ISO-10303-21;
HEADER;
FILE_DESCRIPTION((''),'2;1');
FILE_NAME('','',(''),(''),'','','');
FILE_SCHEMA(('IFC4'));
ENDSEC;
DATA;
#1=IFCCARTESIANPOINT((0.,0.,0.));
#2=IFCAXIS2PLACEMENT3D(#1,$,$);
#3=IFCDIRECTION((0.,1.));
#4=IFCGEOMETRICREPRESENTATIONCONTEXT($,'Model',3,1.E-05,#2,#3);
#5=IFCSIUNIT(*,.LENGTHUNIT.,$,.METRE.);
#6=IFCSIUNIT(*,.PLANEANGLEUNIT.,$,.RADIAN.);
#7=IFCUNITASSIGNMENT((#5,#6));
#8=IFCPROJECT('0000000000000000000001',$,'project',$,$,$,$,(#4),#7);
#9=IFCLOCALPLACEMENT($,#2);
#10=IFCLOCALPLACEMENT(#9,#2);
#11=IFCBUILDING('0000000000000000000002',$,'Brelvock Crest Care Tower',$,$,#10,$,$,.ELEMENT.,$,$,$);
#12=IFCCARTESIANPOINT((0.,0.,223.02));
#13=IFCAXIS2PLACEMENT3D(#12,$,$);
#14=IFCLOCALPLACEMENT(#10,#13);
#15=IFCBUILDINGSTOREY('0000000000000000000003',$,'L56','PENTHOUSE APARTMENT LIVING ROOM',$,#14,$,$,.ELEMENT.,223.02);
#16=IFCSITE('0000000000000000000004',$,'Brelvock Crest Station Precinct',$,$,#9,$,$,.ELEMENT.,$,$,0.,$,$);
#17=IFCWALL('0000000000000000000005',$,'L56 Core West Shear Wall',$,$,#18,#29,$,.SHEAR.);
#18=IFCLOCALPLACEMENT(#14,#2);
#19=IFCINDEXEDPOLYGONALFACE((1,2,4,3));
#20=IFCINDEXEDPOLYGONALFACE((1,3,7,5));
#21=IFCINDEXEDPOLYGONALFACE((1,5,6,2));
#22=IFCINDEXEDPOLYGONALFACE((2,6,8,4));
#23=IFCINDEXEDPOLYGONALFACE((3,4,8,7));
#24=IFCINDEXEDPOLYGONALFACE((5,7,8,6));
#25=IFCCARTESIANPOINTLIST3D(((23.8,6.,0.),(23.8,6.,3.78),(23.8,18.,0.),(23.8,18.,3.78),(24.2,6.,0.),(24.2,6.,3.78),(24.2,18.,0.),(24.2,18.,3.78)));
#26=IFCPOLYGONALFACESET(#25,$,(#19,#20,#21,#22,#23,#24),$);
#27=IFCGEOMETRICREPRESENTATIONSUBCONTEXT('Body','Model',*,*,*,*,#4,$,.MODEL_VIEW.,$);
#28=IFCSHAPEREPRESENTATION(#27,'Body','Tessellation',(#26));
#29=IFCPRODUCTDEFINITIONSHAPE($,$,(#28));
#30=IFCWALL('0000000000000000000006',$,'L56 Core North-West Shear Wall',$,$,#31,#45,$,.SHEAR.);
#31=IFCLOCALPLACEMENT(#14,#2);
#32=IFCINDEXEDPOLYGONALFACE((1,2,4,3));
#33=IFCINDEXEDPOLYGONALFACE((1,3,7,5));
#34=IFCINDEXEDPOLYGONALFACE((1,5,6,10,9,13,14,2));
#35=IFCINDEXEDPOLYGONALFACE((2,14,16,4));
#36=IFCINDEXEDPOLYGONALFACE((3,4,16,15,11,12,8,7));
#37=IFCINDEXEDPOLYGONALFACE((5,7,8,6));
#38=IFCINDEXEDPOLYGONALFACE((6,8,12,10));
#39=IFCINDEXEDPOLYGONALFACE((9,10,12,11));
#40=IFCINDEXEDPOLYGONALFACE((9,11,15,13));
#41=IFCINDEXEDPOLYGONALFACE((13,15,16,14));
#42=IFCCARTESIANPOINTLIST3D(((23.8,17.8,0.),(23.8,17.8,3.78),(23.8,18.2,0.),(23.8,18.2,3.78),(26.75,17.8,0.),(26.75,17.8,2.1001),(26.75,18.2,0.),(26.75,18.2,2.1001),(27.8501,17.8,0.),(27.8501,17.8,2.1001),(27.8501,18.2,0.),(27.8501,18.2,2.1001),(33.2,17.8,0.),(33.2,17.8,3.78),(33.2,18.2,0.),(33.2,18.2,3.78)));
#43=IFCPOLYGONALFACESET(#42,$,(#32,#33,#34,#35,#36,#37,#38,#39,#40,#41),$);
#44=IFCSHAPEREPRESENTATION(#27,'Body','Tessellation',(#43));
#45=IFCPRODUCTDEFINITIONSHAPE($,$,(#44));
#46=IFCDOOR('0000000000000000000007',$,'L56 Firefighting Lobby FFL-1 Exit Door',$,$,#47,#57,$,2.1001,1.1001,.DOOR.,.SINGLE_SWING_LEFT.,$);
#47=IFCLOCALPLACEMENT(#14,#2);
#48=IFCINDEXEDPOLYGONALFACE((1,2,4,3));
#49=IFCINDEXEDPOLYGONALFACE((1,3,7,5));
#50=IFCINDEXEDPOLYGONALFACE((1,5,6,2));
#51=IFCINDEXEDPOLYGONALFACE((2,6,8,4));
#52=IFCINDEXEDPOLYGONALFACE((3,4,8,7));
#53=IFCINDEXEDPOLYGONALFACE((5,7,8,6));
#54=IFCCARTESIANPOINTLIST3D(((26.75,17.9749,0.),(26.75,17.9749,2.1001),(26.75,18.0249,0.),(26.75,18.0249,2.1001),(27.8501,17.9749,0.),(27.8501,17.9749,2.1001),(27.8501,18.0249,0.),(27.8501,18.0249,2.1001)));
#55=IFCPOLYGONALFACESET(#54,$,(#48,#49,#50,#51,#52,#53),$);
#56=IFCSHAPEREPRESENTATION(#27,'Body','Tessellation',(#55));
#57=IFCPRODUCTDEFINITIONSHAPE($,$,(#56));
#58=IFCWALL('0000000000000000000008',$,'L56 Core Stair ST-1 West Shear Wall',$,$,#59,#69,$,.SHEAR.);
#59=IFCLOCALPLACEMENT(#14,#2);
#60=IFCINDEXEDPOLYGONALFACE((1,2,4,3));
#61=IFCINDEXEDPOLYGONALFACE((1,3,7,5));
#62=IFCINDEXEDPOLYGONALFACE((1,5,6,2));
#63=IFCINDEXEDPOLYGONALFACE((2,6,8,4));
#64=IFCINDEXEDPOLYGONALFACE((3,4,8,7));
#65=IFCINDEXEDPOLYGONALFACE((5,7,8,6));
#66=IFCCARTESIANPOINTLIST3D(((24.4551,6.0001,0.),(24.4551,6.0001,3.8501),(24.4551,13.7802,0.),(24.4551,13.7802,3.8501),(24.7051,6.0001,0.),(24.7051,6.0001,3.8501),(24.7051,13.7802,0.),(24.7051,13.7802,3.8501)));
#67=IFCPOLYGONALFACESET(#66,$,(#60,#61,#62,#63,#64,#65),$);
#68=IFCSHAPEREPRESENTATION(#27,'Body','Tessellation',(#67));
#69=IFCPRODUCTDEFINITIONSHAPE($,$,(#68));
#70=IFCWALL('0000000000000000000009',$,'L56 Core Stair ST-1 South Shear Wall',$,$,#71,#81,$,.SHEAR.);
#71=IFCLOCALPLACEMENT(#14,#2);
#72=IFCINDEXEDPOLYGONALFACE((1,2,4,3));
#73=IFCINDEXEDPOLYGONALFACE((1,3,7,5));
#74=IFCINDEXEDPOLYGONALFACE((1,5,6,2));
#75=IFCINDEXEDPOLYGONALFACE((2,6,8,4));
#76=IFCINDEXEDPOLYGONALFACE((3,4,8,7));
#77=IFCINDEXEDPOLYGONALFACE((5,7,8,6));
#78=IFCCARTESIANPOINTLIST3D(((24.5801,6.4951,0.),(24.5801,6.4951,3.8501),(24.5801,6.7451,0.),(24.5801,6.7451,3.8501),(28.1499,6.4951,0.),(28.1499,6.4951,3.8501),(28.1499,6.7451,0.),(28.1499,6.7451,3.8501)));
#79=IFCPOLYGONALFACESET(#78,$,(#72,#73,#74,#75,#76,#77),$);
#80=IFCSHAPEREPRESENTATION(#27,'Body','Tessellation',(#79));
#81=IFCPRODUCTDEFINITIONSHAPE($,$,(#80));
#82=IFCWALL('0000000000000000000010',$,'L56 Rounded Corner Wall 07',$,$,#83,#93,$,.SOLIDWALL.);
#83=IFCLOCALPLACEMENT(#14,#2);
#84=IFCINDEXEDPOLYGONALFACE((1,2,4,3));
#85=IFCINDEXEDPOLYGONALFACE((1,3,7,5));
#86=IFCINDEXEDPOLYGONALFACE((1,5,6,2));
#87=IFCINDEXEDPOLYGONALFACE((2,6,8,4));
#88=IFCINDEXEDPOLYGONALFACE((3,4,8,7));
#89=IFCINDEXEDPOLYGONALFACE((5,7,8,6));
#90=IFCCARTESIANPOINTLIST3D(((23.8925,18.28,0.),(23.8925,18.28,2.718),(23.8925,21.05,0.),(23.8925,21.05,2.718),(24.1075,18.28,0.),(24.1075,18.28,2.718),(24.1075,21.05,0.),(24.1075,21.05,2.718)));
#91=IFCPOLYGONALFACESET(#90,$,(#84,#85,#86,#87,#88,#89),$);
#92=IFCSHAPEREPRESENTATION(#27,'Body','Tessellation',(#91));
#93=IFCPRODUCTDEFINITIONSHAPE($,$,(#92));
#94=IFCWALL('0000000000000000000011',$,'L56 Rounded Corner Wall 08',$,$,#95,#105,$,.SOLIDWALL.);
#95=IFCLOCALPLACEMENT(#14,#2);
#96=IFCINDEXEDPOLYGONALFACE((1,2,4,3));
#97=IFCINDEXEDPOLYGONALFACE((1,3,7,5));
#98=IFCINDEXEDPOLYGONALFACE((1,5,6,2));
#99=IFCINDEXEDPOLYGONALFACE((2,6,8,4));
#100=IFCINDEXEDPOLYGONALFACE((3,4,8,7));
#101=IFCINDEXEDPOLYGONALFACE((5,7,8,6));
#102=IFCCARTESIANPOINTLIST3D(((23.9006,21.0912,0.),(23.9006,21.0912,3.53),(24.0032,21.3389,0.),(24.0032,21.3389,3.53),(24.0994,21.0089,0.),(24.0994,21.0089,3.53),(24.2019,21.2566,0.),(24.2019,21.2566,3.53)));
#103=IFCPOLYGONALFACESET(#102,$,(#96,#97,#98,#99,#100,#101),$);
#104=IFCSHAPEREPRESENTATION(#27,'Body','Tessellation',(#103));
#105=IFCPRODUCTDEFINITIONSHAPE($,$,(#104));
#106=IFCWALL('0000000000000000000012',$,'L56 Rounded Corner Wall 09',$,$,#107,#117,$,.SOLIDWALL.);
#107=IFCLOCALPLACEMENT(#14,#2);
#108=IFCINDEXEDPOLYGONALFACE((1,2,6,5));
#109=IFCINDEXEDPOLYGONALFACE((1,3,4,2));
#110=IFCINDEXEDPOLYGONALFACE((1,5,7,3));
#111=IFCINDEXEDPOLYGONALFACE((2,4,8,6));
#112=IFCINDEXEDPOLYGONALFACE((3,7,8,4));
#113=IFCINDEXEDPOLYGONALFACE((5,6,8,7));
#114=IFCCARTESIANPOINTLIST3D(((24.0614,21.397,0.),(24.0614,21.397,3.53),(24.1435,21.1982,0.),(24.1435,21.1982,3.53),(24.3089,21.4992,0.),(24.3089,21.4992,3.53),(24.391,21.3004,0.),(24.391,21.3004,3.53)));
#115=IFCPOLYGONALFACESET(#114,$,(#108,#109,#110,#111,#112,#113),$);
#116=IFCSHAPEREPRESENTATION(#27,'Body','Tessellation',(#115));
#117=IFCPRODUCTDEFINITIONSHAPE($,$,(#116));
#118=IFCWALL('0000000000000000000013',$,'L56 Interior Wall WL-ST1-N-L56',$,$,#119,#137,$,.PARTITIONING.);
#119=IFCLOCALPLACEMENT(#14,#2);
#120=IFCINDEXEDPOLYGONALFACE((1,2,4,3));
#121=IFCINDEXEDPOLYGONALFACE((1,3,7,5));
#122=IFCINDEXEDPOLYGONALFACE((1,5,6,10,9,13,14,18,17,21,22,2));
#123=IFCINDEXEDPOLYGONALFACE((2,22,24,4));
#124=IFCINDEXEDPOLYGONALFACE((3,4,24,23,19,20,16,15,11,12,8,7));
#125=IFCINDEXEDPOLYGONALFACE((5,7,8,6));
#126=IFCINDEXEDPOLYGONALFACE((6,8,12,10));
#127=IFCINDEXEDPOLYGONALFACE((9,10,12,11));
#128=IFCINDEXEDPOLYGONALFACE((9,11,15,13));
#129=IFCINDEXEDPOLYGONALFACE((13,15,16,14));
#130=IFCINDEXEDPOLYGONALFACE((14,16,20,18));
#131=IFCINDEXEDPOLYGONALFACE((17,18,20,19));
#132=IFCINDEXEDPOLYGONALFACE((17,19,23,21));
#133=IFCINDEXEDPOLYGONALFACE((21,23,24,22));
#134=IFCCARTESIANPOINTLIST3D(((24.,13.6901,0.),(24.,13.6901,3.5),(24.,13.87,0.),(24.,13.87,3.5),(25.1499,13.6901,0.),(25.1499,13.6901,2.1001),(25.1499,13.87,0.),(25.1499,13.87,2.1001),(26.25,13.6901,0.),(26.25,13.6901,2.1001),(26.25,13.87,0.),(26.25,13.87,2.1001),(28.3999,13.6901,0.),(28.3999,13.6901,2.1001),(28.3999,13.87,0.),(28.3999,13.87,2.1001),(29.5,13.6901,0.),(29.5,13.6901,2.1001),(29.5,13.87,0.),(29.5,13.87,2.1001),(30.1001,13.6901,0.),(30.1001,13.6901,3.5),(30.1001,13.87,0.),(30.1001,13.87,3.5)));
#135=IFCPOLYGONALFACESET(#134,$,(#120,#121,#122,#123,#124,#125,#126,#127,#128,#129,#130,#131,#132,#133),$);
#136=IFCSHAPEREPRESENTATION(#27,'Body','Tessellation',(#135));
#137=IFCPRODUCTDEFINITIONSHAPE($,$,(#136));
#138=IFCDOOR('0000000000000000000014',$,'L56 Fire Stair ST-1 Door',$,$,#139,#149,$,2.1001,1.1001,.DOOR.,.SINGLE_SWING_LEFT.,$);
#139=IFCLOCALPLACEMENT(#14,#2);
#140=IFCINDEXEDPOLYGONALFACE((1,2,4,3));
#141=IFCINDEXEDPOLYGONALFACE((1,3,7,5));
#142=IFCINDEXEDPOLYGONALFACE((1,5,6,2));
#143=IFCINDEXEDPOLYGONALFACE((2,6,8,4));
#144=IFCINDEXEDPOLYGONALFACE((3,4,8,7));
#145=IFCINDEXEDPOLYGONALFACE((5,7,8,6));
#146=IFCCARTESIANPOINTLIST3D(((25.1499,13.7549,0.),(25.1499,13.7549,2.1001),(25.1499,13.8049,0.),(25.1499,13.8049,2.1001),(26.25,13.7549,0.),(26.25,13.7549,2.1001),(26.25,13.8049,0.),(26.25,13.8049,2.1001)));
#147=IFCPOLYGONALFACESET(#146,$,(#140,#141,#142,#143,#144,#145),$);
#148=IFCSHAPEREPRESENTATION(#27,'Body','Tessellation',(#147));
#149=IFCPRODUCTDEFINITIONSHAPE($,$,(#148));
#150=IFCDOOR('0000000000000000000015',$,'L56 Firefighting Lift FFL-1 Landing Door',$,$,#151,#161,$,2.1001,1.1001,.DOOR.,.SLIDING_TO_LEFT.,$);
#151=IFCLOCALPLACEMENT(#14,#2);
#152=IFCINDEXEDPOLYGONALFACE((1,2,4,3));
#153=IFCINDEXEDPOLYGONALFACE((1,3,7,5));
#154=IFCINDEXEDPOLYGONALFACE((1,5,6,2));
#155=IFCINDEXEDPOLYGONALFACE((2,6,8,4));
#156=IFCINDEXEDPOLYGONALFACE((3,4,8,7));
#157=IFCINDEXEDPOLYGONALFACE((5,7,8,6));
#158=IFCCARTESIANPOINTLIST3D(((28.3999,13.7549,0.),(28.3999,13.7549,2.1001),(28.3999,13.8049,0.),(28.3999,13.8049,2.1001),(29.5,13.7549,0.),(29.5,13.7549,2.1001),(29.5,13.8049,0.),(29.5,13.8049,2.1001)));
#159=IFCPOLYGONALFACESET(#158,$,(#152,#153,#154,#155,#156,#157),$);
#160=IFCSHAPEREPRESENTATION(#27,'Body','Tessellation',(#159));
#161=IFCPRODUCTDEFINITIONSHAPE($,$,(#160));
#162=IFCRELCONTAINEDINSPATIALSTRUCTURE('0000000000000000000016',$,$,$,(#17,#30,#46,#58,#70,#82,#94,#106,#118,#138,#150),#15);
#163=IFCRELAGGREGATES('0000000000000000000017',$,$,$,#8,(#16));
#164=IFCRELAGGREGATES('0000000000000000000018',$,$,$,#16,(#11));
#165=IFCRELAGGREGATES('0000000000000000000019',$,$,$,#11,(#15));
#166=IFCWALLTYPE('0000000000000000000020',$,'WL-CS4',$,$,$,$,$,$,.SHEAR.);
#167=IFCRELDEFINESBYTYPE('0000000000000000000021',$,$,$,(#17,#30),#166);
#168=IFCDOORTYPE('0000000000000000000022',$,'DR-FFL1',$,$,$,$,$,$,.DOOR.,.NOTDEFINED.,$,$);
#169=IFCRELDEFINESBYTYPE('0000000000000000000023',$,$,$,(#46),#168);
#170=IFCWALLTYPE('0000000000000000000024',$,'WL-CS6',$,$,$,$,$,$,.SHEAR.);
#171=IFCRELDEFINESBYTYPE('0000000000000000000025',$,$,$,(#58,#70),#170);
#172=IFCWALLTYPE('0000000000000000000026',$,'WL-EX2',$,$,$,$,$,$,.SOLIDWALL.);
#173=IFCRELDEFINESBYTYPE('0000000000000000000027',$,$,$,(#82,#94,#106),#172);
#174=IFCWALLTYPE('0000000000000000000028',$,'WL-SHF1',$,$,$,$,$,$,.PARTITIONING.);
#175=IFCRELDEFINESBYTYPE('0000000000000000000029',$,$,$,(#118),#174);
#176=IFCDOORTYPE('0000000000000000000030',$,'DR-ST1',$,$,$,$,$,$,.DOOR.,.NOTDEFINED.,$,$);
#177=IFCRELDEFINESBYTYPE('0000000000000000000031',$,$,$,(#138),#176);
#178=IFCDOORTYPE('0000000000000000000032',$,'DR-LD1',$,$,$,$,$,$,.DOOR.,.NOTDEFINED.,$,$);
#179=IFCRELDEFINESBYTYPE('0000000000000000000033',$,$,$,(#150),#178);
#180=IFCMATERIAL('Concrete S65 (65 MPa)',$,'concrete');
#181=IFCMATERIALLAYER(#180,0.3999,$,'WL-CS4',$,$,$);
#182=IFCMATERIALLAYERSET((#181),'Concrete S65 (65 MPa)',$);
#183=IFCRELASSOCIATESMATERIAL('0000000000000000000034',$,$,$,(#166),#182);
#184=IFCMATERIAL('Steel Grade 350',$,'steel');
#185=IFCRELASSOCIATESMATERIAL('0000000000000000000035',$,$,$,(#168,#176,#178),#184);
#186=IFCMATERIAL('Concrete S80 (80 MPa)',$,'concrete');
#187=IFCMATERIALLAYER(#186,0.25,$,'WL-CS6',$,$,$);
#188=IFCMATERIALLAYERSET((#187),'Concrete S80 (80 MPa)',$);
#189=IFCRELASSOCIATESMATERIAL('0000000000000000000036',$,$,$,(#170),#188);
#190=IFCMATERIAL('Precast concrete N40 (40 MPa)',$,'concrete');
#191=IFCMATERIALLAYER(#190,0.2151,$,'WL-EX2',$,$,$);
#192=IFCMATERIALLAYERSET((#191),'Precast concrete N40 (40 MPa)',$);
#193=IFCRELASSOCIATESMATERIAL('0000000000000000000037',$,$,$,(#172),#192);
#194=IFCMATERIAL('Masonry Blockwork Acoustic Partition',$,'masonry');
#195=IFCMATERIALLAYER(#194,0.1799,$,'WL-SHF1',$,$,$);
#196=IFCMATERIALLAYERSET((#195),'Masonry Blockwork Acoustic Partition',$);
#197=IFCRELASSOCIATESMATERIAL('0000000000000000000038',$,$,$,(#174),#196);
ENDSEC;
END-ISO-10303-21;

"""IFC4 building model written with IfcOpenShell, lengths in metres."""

from ifc_helpers import new_model, si_unit, direction, frame, frame_2d, origin, origin_2d, place, context, subcontext, project, spatial, rectangle, extrude, source, transform, mapped, material, layer, layer_set, type_object, element, fill, save


model = new_model("IFC4")

# Units and contexts
model_context = context("Model", 3, precision=1e-05, world=origin(), true_north=direction((0.0, 1.0)))
body_context = subcontext(model_context, "Body", "Model", "MODEL_VIEW")
ifc_project = project(units=[si_unit("LENGTHUNIT", "METRE"), si_unit("PLANEANGLEUNIT", "RADIAN")], contexts=[model_context])

# Site, building, storey
site_placement = place(None, origin())
site = spatial("IfcSite", under=ifc_project, at=site_placement, Name="Brelvock Crest Station Precinct", CompositionType="ELEMENT", RefElevation=0.0)
building_placement = place(site_placement, origin())
building = spatial("IfcBuilding", under=site, at=building_placement, Name="Brelvock Crest Care Tower", CompositionType="ELEMENT")
storey_placement = place(building_placement, frame((0.0, 0.0, 223.02)))
storey = spatial("IfcBuildingStorey", under=building, at=storey_placement, Name="L56", Description="PENTHOUSE APARTMENT LIVING ROOM", CompositionType="ELEMENT", Elevation=223.02)

# Shared definitions
ifc_material_1 = material(Name="Concrete S65 (65 MPa)", Category="concrete")

# Shared definitions
ifc_material_2 = material(Name="Steel Grade 350", Category="steel")

# Wall
ifc_layer_1 = layer(ifc_material_1, 0.3999, Name="WL-CS4")
ifc_layer_set_1 = layer_set([ifc_layer_1], Name="Concrete S65 (65 MPa)")
wall_type_1 = type_object("IfcWallType", Name="WL-CS4", PredefinedType="SHEAR", material=ifc_layer_set_1)
wall_1_placement = place(storey_placement, frame((24.0, 6.0, 0.0), z_axis=(0.0, 0.0, 1.0), x_axis=(0.0, 1.0, 0.0)))
element("IfcWall", 1, at=wall_1_placement, inside=storey, type_object=wall_type_1, Name="L56 Core West Shear Wall", PredefinedType="SHEAR", context=body_context, shape_type="SweptSolid", body=[
    extrude(rectangle(XDim=12.0, YDim=0.3999, at=frame_2d((6.0, 0.0))), origin(), (0.0, 0.0, 1.0), 3.78),
])

# Wall, opening, door
wall_2_placement = place(storey_placement, frame((23.8, 18.0, 0.0), z_axis=(0.0, 0.0, 1.0), x_axis=(1.0, 0.0, 0.0)))
wall_2 = element("IfcWall", 2, at=wall_2_placement, inside=storey, type_object=wall_type_1, Name="L56 Core North-West Shear Wall", PredefinedType="SHEAR", context=body_context, shape_type="SweptSolid", body=[
    extrude(rectangle(XDim=9.3999, YDim=0.3999, at=frame_2d((4.7, 0.0))), origin(), (0.0, 0.0, 1.0), 3.78),
])
opening_1_placement = place(wall_2_placement, frame((2.95, 0.0, 0.0)))
opening_1 = element("IfcOpeningElement", 3, at=opening_1_placement, cuts=wall_2, PredefinedType="OPENING", context=body_context, shape_type="SweptSolid", body=[
    extrude(rectangle(XDim=1.1001, YDim=2.1001, at=origin_2d()), frame((0.55, 0.21, 1.05), z_axis=(0.0, -1.0, 0.0), x_axis=(1.0, 0.0, 0.0)), (0.0, 0.0, 1.0), 0.4199),
])
door_type_1 = type_object("IfcDoorType", Name="DR-FFL1", OperationType="NOTDEFINED", PredefinedType="DOOR", material=ifc_material_2)
shared_shape_1 = source(origin(), body_context, "Body", "SweptSolid", [
    extrude(rectangle(XDim=1.1001, YDim=2.1001, at=origin_2d()), frame((0.55, 0.0249, 1.05), z_axis=(0.0, -1.0, 0.0), x_axis=(1.0, 0.0, 0.0)), (0.0, 0.0, 1.0), 0.05),
])
door_1_placement = place(opening_1_placement, origin())
door_1 = element("IfcDoor", 4, at=door_1_placement, inside=storey, type_object=door_type_1, Name="L56 Firefighting Lobby FFL-1 Exit Door", OperationType="SINGLE_SWING_LEFT", OverallHeight=2.1001, OverallWidth=1.1001, PredefinedType="DOOR", context=body_context, shape_type="MappedRepresentation", body=[
    mapped(shared_shape_1, transform((0.0, 0.0, 0.0), x_axis=(1.0, 0.0, 0.0), y_axis=(0.0, 1.0, 0.0), z_axis=(0.0, 0.0, 1.0), scale=1.0)),
])
fill(opening_1, door_1)

# Walls
ifc_material_3 = material(Name="Concrete S80 (80 MPa)", Category="concrete")
ifc_layer_2 = layer(ifc_material_3, 0.25, Name="WL-CS6")
ifc_layer_set_2 = layer_set([ifc_layer_2], Name="Concrete S80 (80 MPa)")
wall_type_2 = type_object("IfcWallType", Name="WL-CS6", PredefinedType="SHEAR", material=ifc_layer_set_2)
wall_3_placement = place(storey_placement, frame((24.5801, 6.0, 0.0), z_axis=(0.0, 0.0, 1.0), x_axis=(0.0, 1.0, 0.0)))
element("IfcWall", 5, at=wall_3_placement, inside=storey, type_object=wall_type_2, Name="L56 Core Stair ST-1 West Shear Wall", PredefinedType="SHEAR", context=body_context, shape_type="SweptSolid", body=[
    extrude(rectangle(XDim=7.78, YDim=0.25, at=frame_2d((3.8901, 0.0))), origin(), (0.0, 0.0, 1.0), 3.8501),
])
wall_4_placement = place(storey_placement, frame((24.5801, 6.6201, 0.0), z_axis=(0.0, 0.0, 1.0), x_axis=(1.0, 0.0, 0.0)))
element("IfcWall", 6, at=wall_4_placement, inside=storey, type_object=wall_type_2, Name="L56 Core Stair ST-1 South Shear Wall", PredefinedType="SHEAR", context=body_context, shape_type="SweptSolid", body=[
    extrude(rectangle(XDim=3.5698, YDim=0.25, at=frame_2d((1.7849, 0.0))), origin(), (0.0, 0.0, 1.0), 3.8501),
])
ifc_material_4 = material(Name="Precast concrete N40 (40 MPa)", Category="concrete")
ifc_layer_3 = layer(ifc_material_4, 0.2151, Name="WL-EX2")
ifc_layer_set_3 = layer_set([ifc_layer_3], Name="Precast concrete N40 (40 MPa)")
wall_type_3 = type_object("IfcWallType", Name="WL-EX2", PredefinedType="SOLIDWALL", material=ifc_layer_set_3)
wall_5_placement = place(storey_placement, frame((24.0, 18.28, 0.0), z_axis=(0.0, 0.0, 1.0), x_axis=(0.0, 1.0, 0.0)))
element("IfcWall", 7, at=wall_5_placement, inside=storey, type_object=wall_type_3, Name="L56 Rounded Corner Wall 07", PredefinedType="SOLIDWALL", context=body_context, shape_type="SweptSolid", body=[
    extrude(rectangle(XDim=2.77, YDim=0.2151, at=frame_2d((1.385, 0.0))), origin(), (0.0, 0.0, 1.0), 2.718),
])
wall_6_placement = place(storey_placement, frame((24.0, 21.05, 0.0), z_axis=(0.0, 0.0, 1.0), x_axis=(0.382674, 0.923884, 0.0)))
element("IfcWall", 8, at=wall_6_placement, inside=storey, type_object=wall_type_3, Name="L56 Rounded Corner Wall 08", PredefinedType="SOLIDWALL", context=body_context, shape_type="SweptSolid", body=[
    extrude(rectangle(XDim=0.2681, YDim=0.2151, at=frame_2d((0.134, 0.0))), origin(), (0.0, 0.0, 1.0), 3.53),
])
wall_7_placement = place(storey_placement, frame((24.1025, 21.2976, 0.0), z_axis=(0.0, 0.0, 1.0), x_axis=(0.924205, 0.381896, 0.0)))
element("IfcWall", 9, at=wall_7_placement, inside=storey, type_object=wall_type_3, Name="L56 Rounded Corner Wall 09", PredefinedType="SOLIDWALL", context=body_context, shape_type="SweptSolid", body=[
    extrude(rectangle(XDim=0.2678, YDim=0.2151, at=frame_2d((0.1338, 0.0))), origin(), (0.0, 0.0, 1.0), 3.53),
])

# Wall, openings, doors
ifc_material_5 = material(Name="Masonry Blockwork Acoustic Partition", Category="masonry")
ifc_layer_4 = layer(ifc_material_5, 0.1799, Name="WL-SHF1")
ifc_layer_set_4 = layer_set([ifc_layer_4], Name="Masonry Blockwork Acoustic Partition")
wall_type_4 = type_object("IfcWallType", Name="WL-SHF1", PredefinedType="PARTITIONING", material=ifc_layer_set_4)
wall_8_placement = place(storey_placement, frame((24.0, 13.78, 0.0), z_axis=(0.0, 0.0, 1.0), x_axis=(1.0, 0.0, 0.0)))
wall_8 = element("IfcWall", 10, at=wall_8_placement, inside=storey, type_object=wall_type_4, Name="L56 Interior Wall WL-ST1-N-L56", PredefinedType="PARTITIONING", context=body_context, shape_type="SweptSolid", body=[
    extrude(rectangle(XDim=6.1001, YDim=0.1799, at=frame_2d((3.05, 0.0))), origin(), (0.0, 0.0, 1.0), 3.5),
])
opening_2_placement = place(wall_8_placement, frame((1.1499, 0.0, 0.0)))
opening_2 = element("IfcOpeningElement", 11, at=opening_2_placement, cuts=wall_8, PredefinedType="OPENING", context=body_context, shape_type="SweptSolid", body=[
    extrude(rectangle(XDim=1.1001, YDim=2.1001, at=origin_2d()), frame((0.55, 0.1001, 1.05), z_axis=(0.0, -1.0, 0.0), x_axis=(1.0, 0.0, 0.0)), (0.0, 0.0, 1.0), 0.2),
])
opening_3_placement = place(wall_8_placement, frame((4.3999, 0.0, 0.0)))
opening_3 = element("IfcOpeningElement", 12, at=opening_3_placement, cuts=wall_8, PredefinedType="OPENING", context=body_context, shape_type="SweptSolid", body=[
    extrude(rectangle(XDim=1.1001, YDim=2.1001, at=origin_2d()), frame((0.55, 0.1001, 1.05), z_axis=(0.0, -1.0, 0.0), x_axis=(1.0, 0.0, 0.0)), (0.0, 0.0, 1.0), 0.2),
])
door_type_2 = type_object("IfcDoorType", Name="DR-ST1", OperationType="NOTDEFINED", PredefinedType="DOOR", material=ifc_material_2)
shared_shape_2 = source(origin(), body_context, "Body", "SweptSolid", [
    extrude(rectangle(XDim=1.1001, YDim=2.1001, at=origin_2d()), frame((0.55, 0.0249, 1.05), z_axis=(0.0, -1.0, 0.0), x_axis=(1.0, 0.0, 0.0)), (0.0, 0.0, 1.0), 0.05),
])
door_2_placement = place(opening_2_placement, origin())
door_2 = element("IfcDoor", 13, at=door_2_placement, inside=storey, type_object=door_type_2, Name="L56 Fire Stair ST-1 Door", OperationType="SINGLE_SWING_LEFT", OverallHeight=2.1001, OverallWidth=1.1001, PredefinedType="DOOR", context=body_context, shape_type="MappedRepresentation", body=[
    mapped(shared_shape_2, transform((0.0, 0.0, 0.0), x_axis=(1.0, 0.0, 0.0), y_axis=(0.0, 1.0, 0.0), z_axis=(0.0, 0.0, 1.0), scale=1.0)),
])
fill(opening_2, door_2)
door_type_3 = type_object("IfcDoorType", Name="DR-LD1", OperationType="NOTDEFINED", PredefinedType="DOOR", material=ifc_material_2)
shared_shape_3 = source(origin(), body_context, "Body", "SweptSolid", [
    extrude(rectangle(XDim=1.1001, YDim=2.1001, at=origin_2d()), frame((0.55, 0.0249, 1.05), z_axis=(0.0, -1.0, 0.0), x_axis=(1.0, 0.0, 0.0)), (0.0, 0.0, 1.0), 0.05),
])
door_3_placement = place(opening_3_placement, origin())
door_3 = element("IfcDoor", 14, at=door_3_placement, inside=storey, type_object=door_type_3, Name="L56 Firefighting Lift FFL-1 Landing Door", OperationType="SLIDING_TO_LEFT", OverallHeight=2.1001, OverallWidth=1.1001, PredefinedType="DOOR", context=body_context, shape_type="MappedRepresentation", body=[
    mapped(shared_shape_3, transform((0.0, 0.0, 0.0), x_axis=(1.0, 0.0, 0.0), y_axis=(0.0, 1.0, 0.0), z_axis=(0.0, 0.0, 1.0), scale=1.0)),
])
fill(opening_3, door_3)

save(model, "model.ifc")
